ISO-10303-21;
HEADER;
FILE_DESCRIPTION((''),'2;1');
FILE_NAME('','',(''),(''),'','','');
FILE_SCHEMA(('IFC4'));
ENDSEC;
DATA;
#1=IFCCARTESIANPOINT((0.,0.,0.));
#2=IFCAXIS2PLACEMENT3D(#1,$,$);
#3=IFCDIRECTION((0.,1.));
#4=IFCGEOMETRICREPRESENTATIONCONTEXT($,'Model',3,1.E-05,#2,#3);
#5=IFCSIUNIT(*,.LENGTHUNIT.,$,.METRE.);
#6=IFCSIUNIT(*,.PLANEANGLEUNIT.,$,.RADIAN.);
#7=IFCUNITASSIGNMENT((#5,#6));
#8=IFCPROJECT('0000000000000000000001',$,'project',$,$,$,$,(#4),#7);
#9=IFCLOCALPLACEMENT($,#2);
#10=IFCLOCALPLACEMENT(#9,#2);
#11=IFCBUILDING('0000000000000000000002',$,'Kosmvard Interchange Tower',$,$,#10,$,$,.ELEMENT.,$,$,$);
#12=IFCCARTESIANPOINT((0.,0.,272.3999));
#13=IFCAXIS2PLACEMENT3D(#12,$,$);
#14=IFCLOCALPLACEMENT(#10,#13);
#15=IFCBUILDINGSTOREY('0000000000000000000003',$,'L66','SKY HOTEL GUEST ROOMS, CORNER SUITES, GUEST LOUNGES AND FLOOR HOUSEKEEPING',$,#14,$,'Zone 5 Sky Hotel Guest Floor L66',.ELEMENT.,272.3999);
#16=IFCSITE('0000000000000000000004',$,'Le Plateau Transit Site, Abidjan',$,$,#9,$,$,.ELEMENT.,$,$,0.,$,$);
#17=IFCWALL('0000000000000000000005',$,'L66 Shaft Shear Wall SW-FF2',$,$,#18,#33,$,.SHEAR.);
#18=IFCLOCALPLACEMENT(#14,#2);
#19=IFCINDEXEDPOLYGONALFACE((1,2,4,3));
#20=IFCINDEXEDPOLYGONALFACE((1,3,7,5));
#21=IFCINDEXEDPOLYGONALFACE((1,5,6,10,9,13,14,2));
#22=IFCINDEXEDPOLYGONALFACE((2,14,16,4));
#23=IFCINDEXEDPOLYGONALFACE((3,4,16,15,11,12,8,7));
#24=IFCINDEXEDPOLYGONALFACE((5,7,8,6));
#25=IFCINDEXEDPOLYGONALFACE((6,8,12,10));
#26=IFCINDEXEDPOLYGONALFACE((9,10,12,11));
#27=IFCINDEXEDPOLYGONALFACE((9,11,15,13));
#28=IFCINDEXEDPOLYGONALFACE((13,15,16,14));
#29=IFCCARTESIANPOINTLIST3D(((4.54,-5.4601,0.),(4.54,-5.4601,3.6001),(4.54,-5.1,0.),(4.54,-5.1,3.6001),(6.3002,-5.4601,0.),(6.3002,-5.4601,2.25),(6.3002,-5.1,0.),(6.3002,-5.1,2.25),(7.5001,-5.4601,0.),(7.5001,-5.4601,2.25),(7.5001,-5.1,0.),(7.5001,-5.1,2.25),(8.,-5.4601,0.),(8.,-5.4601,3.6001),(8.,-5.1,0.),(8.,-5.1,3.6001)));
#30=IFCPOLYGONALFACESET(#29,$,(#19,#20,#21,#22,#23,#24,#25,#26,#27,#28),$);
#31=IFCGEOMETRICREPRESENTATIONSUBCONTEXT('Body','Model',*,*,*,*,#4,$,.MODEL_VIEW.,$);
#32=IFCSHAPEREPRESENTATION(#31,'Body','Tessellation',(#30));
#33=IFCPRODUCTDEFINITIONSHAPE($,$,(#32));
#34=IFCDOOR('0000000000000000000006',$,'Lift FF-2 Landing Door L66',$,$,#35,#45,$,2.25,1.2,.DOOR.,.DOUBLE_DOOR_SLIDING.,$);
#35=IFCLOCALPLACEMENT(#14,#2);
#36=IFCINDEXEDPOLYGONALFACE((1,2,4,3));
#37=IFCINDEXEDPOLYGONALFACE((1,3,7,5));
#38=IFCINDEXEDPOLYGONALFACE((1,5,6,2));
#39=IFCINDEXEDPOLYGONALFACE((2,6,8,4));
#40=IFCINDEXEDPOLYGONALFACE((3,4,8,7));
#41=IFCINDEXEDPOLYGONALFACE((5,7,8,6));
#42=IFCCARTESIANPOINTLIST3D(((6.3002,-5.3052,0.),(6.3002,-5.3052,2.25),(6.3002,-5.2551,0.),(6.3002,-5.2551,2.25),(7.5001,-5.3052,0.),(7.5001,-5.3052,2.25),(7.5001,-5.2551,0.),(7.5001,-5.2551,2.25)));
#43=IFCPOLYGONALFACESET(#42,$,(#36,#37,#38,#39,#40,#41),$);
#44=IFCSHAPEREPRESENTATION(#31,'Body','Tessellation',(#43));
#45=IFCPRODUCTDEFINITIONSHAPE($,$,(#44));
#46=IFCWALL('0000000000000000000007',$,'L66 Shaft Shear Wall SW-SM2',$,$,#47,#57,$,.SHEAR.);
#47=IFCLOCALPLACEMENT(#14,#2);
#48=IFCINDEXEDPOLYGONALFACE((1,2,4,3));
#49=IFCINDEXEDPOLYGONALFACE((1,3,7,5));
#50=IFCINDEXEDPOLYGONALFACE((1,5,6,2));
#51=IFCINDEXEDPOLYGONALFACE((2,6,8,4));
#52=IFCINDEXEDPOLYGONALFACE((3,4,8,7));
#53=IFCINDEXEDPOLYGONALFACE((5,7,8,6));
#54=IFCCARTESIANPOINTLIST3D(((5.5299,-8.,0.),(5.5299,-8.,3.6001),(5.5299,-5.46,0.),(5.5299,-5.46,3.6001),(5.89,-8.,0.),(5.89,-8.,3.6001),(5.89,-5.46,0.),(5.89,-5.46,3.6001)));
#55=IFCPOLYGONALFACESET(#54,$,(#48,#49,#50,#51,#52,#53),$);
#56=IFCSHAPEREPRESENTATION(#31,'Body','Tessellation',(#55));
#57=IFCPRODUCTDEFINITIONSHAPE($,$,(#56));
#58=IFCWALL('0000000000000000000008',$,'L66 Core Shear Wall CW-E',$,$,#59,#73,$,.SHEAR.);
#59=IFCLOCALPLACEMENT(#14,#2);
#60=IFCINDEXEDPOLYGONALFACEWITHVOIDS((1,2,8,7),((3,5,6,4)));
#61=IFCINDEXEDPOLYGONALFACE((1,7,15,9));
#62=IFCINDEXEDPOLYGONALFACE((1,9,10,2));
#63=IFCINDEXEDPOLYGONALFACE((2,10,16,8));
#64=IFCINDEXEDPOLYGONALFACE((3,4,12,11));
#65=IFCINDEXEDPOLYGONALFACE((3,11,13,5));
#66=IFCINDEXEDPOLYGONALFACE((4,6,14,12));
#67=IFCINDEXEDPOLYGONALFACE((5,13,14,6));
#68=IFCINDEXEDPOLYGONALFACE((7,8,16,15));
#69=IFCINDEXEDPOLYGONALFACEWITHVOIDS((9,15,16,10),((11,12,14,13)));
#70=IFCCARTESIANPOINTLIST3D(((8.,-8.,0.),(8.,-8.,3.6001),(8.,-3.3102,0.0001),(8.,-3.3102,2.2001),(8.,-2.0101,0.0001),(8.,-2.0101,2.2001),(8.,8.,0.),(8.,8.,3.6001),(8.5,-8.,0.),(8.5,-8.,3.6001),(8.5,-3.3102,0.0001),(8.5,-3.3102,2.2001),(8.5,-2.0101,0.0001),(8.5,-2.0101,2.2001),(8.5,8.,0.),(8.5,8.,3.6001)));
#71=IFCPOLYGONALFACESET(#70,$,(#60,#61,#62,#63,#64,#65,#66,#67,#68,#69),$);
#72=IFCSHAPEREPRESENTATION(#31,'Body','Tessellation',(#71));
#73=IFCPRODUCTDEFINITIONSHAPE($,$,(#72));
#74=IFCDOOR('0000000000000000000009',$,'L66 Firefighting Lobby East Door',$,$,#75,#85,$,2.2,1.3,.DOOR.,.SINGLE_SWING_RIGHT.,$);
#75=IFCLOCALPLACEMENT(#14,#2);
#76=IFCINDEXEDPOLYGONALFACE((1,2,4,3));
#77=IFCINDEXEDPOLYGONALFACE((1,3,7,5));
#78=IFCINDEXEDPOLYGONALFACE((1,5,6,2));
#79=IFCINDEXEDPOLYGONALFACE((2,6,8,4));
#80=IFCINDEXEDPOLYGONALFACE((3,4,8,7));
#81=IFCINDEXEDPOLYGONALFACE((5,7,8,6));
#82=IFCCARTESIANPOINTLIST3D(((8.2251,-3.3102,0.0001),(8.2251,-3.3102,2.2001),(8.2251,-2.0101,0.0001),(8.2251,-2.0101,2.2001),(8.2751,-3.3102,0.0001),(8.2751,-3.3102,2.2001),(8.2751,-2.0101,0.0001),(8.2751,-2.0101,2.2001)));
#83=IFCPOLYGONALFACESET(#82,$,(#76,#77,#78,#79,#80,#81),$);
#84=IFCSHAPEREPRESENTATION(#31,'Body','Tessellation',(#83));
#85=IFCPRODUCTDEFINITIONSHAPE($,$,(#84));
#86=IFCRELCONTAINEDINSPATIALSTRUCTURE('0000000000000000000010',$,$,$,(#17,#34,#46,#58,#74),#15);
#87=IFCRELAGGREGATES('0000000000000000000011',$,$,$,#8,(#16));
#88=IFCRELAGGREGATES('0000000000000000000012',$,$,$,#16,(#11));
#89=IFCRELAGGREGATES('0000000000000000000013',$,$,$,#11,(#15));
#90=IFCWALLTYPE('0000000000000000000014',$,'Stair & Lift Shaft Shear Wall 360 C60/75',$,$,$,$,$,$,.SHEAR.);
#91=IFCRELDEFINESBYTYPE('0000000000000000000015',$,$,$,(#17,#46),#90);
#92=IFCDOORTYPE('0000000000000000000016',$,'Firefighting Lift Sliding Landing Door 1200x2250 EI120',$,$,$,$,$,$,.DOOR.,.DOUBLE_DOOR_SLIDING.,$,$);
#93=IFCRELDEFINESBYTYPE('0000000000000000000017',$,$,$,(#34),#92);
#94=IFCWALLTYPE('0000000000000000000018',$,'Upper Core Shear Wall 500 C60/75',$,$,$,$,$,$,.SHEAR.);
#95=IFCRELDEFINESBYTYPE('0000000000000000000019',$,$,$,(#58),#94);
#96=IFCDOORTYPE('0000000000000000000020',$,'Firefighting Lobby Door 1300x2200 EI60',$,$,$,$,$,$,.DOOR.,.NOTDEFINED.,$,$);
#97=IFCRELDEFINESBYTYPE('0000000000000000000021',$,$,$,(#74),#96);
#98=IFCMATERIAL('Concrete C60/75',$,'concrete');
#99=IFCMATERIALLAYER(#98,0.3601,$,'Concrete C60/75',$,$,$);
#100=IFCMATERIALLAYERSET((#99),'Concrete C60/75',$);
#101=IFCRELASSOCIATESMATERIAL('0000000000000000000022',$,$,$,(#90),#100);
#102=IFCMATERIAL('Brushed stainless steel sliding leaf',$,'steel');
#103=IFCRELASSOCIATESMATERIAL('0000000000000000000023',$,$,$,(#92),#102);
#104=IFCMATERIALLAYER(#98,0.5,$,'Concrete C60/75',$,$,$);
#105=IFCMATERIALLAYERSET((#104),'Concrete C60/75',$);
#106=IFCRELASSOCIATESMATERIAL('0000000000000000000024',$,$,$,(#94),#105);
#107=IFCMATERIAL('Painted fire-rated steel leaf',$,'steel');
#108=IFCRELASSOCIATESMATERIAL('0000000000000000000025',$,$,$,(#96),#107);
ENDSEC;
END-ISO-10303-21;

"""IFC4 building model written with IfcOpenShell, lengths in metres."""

from ifc_helpers import new_model, si_unit, direction, frame, frame_2d, origin, place, context, subcontext, project, spatial, rectangle, extrude, source, transform, mapped, material, layer, layer_set, type_object, element, fill, save


model = new_model("IFC4")

# Units and contexts
model_context = context("Model", 3, precision=1e-05, world=origin(), true_north=direction((0.0, 1.0)))
body_context = subcontext(model_context, "Body", "Model", "MODEL_VIEW")
ifc_project = project(units=[si_unit("LENGTHUNIT", "METRE"), si_unit("PLANEANGLEUNIT", "RADIAN")], contexts=[model_context])

# Site, building, storey
site_placement = place(None, origin())
site = spatial("IfcSite", under=ifc_project, at=site_placement, Name="Le Plateau Transit Site, Abidjan", CompositionType="ELEMENT", RefElevation=0.0)
building_placement = place(site_placement, origin())
building = spatial("IfcBuilding", under=site, at=building_placement, Name="Kosmvard Interchange Tower", CompositionType="ELEMENT")
storey_placement = place(building_placement, frame((0.0, 0.0, 272.3999)))
storey = spatial("IfcBuildingStorey", under=building, at=storey_placement, Name="L66", Description="SKY HOTEL GUEST ROOMS, CORNER SUITES, GUEST LOUNGES AND FLOOR HOUSEKEEPING", LongName="Zone 5 Sky Hotel Guest Floor L66", CompositionType="ELEMENT", Elevation=272.3999)

# Shared definitions
ifc_material_1 = material(Name="Painted fire-rated steel leaf", Category="steel")
ifc_material_2 = material(Name="Brushed stainless steel sliding leaf", Category="steel")

# Shared definitions
ifc_material_3 = material(Name="Concrete C60/75", Category="concrete")
ifc_layer_1 = layer(ifc_material_3, 0.3601, Name="Concrete C60/75")
ifc_layer_set_1 = layer_set([ifc_layer_1], Name="Concrete C60/75")
wall_type_1 = type_object("IfcWallType", Name="Stair & Lift Shaft Shear Wall 360 C60/75", PredefinedType="SHEAR", material=ifc_layer_set_1)

# Wall, opening, door
wall_1_placement = place(storey_placement, frame((4.54, -5.28, 0.0), z_axis=(0.0, 0.0, 1.0), x_axis=(1.0, 0.0, 0.0)))
wall_1 = element("IfcWall", 1, at=wall_1_placement, inside=storey, type_object=wall_type_1, Name="L66 Shaft Shear Wall SW-FF2", PredefinedType="SHEAR", context=body_context, shape_type="SweptSolid", body=[
    extrude(rectangle(XDim=3.46, YDim=0.3601, at=frame_2d((1.73, 0.0))), origin(), (0.0, 0.0, 1.0), 3.6001),
])
opening_1_placement = place(wall_1_placement, frame((1.76, 0.0, 0.0)))
opening_1 = element("IfcOpeningElement", 2, at=opening_1_placement, cuts=wall_1, PredefinedType="OPENING", context=body_context, shape_type="SweptSolid", body=[
    extrude(rectangle(XDim=1.2, YDim=2.25, at=frame_2d((0.6001, 1.125))), frame((0.0, 0.1899, 0.0), z_axis=(0.0, -1.0, 0.0), x_axis=(1.0, 0.0, 0.0)), (0.0, 0.0, 1.0), 0.3801),
])
door_type_1 = type_object("IfcDoorType", Name="Firefighting Lift Sliding Landing Door 1200x2250 EI120", OperationType="DOUBLE_DOOR_SLIDING", PredefinedType="DOOR", material=ifc_material_2)
shared_shape_1 = source(origin(), body_context, "Body", "SweptSolid", [
    extrude(rectangle(XDim=1.2, YDim=2.25, at=frame_2d((0.6001, 1.125))), frame((0.0, 0.0249, 0.0), z_axis=(0.0, -1.0, 0.0), x_axis=(1.0, 0.0, 0.0)), (0.0, 0.0, 1.0), 0.05),
])
door_1_placement = place(opening_1_placement, origin())
door_1 = element("IfcDoor", 3, at=door_1_placement, inside=storey, type_object=door_type_1, Name="Lift FF-2 Landing Door L66", OperationType="DOUBLE_DOOR_SLIDING", OverallHeight=2.25, OverallWidth=1.2, PredefinedType="DOOR", context=body_context, shape_type="MappedRepresentation", body=[
    mapped(shared_shape_1, transform((0.0, 0.0, 0.0), scale=1.0)),
])
fill(opening_1, door_1)

# Wall
wall_2_placement = place(storey_placement, frame((5.71, -8.0, 0.0), z_axis=(0.0, 0.0, 1.0), x_axis=(0.0, 1.0, 0.0)))
element("IfcWall", 4, at=wall_2_placement, inside=storey, type_object=wall_type_1, Name="L66 Shaft Shear Wall SW-SM2", PredefinedType="SHEAR", context=body_context, shape_type="SweptSolid", body=[
    extrude(rectangle(XDim=2.54, YDim=0.3601, at=frame_2d((1.27, 0.0))), origin(), (0.0, 0.0, 1.0), 3.6001),
])

# Wall, opening, door
ifc_layer_2 = layer(ifc_material_3, 0.5, Name="Concrete C60/75")
ifc_layer_set_2 = layer_set([ifc_layer_2], Name="Concrete C60/75")
wall_type_2 = type_object("IfcWallType", Name="Upper Core Shear Wall 500 C60/75", PredefinedType="SHEAR", material=ifc_layer_set_2)
wall_3_placement = place(storey_placement, frame((8.25, -8.0, 0.0), z_axis=(0.0, 0.0, 1.0), x_axis=(0.0, 1.0, 0.0)))
wall_3 = element("IfcWall", 5, at=wall_3_placement, inside=storey, type_object=wall_type_2, Name="L66 Core Shear Wall CW-E", PredefinedType="SHEAR", context=body_context, shape_type="SweptSolid", body=[
    extrude(rectangle(XDim=16.0, YDim=0.5, at=frame_2d((8.0, 0.0))), origin(), (0.0, 0.0, 1.0), 3.6001),
])
opening_2_placement = place(wall_3_placement, frame((4.6899, 0.0, 0.0)))
opening_2 = element("IfcOpeningElement", 6, at=opening_2_placement, cuts=wall_3, PredefinedType="OPENING", context=body_context, shape_type="SweptSolid", body=[
    extrude(rectangle(XDim=1.3, YDim=2.2, at=frame_2d((0.6499, 1.1001))), frame((0.0, 0.26, 0.0), z_axis=(0.0, -1.0, 0.0), x_axis=(1.0, 0.0, 0.0)), (0.0, 0.0, 1.0), 0.52),
])
door_type_2 = type_object("IfcDoorType", Name="Firefighting Lobby Door 1300x2200 EI60", OperationType="NOTDEFINED", PredefinedType="DOOR", material=ifc_material_1)
shared_shape_2 = source(origin(), body_context, "Body", "SweptSolid", [
    extrude(rectangle(XDim=1.3, YDim=2.2, at=frame_2d((0.6499, 1.1001))), frame((0.0, 0.0249, 0.0), z_axis=(0.0, -1.0, 0.0), x_axis=(1.0, 0.0, 0.0)), (0.0, 0.0, 1.0), 0.05),
])
door_2_placement = place(opening_2_placement, origin())
door_2 = element("IfcDoor", 7, at=door_2_placement, inside=storey, type_object=door_type_2, Name="L66 Firefighting Lobby East Door", OperationType="SINGLE_SWING_RIGHT", OverallHeight=2.2, OverallWidth=1.3, PredefinedType="DOOR", context=body_context, shape_type="MappedRepresentation", body=[
    mapped(shared_shape_2, transform((0.0, 0.0, 0.0), scale=1.0)),
])
fill(opening_2, door_2)

save(model, "model.ifc")
